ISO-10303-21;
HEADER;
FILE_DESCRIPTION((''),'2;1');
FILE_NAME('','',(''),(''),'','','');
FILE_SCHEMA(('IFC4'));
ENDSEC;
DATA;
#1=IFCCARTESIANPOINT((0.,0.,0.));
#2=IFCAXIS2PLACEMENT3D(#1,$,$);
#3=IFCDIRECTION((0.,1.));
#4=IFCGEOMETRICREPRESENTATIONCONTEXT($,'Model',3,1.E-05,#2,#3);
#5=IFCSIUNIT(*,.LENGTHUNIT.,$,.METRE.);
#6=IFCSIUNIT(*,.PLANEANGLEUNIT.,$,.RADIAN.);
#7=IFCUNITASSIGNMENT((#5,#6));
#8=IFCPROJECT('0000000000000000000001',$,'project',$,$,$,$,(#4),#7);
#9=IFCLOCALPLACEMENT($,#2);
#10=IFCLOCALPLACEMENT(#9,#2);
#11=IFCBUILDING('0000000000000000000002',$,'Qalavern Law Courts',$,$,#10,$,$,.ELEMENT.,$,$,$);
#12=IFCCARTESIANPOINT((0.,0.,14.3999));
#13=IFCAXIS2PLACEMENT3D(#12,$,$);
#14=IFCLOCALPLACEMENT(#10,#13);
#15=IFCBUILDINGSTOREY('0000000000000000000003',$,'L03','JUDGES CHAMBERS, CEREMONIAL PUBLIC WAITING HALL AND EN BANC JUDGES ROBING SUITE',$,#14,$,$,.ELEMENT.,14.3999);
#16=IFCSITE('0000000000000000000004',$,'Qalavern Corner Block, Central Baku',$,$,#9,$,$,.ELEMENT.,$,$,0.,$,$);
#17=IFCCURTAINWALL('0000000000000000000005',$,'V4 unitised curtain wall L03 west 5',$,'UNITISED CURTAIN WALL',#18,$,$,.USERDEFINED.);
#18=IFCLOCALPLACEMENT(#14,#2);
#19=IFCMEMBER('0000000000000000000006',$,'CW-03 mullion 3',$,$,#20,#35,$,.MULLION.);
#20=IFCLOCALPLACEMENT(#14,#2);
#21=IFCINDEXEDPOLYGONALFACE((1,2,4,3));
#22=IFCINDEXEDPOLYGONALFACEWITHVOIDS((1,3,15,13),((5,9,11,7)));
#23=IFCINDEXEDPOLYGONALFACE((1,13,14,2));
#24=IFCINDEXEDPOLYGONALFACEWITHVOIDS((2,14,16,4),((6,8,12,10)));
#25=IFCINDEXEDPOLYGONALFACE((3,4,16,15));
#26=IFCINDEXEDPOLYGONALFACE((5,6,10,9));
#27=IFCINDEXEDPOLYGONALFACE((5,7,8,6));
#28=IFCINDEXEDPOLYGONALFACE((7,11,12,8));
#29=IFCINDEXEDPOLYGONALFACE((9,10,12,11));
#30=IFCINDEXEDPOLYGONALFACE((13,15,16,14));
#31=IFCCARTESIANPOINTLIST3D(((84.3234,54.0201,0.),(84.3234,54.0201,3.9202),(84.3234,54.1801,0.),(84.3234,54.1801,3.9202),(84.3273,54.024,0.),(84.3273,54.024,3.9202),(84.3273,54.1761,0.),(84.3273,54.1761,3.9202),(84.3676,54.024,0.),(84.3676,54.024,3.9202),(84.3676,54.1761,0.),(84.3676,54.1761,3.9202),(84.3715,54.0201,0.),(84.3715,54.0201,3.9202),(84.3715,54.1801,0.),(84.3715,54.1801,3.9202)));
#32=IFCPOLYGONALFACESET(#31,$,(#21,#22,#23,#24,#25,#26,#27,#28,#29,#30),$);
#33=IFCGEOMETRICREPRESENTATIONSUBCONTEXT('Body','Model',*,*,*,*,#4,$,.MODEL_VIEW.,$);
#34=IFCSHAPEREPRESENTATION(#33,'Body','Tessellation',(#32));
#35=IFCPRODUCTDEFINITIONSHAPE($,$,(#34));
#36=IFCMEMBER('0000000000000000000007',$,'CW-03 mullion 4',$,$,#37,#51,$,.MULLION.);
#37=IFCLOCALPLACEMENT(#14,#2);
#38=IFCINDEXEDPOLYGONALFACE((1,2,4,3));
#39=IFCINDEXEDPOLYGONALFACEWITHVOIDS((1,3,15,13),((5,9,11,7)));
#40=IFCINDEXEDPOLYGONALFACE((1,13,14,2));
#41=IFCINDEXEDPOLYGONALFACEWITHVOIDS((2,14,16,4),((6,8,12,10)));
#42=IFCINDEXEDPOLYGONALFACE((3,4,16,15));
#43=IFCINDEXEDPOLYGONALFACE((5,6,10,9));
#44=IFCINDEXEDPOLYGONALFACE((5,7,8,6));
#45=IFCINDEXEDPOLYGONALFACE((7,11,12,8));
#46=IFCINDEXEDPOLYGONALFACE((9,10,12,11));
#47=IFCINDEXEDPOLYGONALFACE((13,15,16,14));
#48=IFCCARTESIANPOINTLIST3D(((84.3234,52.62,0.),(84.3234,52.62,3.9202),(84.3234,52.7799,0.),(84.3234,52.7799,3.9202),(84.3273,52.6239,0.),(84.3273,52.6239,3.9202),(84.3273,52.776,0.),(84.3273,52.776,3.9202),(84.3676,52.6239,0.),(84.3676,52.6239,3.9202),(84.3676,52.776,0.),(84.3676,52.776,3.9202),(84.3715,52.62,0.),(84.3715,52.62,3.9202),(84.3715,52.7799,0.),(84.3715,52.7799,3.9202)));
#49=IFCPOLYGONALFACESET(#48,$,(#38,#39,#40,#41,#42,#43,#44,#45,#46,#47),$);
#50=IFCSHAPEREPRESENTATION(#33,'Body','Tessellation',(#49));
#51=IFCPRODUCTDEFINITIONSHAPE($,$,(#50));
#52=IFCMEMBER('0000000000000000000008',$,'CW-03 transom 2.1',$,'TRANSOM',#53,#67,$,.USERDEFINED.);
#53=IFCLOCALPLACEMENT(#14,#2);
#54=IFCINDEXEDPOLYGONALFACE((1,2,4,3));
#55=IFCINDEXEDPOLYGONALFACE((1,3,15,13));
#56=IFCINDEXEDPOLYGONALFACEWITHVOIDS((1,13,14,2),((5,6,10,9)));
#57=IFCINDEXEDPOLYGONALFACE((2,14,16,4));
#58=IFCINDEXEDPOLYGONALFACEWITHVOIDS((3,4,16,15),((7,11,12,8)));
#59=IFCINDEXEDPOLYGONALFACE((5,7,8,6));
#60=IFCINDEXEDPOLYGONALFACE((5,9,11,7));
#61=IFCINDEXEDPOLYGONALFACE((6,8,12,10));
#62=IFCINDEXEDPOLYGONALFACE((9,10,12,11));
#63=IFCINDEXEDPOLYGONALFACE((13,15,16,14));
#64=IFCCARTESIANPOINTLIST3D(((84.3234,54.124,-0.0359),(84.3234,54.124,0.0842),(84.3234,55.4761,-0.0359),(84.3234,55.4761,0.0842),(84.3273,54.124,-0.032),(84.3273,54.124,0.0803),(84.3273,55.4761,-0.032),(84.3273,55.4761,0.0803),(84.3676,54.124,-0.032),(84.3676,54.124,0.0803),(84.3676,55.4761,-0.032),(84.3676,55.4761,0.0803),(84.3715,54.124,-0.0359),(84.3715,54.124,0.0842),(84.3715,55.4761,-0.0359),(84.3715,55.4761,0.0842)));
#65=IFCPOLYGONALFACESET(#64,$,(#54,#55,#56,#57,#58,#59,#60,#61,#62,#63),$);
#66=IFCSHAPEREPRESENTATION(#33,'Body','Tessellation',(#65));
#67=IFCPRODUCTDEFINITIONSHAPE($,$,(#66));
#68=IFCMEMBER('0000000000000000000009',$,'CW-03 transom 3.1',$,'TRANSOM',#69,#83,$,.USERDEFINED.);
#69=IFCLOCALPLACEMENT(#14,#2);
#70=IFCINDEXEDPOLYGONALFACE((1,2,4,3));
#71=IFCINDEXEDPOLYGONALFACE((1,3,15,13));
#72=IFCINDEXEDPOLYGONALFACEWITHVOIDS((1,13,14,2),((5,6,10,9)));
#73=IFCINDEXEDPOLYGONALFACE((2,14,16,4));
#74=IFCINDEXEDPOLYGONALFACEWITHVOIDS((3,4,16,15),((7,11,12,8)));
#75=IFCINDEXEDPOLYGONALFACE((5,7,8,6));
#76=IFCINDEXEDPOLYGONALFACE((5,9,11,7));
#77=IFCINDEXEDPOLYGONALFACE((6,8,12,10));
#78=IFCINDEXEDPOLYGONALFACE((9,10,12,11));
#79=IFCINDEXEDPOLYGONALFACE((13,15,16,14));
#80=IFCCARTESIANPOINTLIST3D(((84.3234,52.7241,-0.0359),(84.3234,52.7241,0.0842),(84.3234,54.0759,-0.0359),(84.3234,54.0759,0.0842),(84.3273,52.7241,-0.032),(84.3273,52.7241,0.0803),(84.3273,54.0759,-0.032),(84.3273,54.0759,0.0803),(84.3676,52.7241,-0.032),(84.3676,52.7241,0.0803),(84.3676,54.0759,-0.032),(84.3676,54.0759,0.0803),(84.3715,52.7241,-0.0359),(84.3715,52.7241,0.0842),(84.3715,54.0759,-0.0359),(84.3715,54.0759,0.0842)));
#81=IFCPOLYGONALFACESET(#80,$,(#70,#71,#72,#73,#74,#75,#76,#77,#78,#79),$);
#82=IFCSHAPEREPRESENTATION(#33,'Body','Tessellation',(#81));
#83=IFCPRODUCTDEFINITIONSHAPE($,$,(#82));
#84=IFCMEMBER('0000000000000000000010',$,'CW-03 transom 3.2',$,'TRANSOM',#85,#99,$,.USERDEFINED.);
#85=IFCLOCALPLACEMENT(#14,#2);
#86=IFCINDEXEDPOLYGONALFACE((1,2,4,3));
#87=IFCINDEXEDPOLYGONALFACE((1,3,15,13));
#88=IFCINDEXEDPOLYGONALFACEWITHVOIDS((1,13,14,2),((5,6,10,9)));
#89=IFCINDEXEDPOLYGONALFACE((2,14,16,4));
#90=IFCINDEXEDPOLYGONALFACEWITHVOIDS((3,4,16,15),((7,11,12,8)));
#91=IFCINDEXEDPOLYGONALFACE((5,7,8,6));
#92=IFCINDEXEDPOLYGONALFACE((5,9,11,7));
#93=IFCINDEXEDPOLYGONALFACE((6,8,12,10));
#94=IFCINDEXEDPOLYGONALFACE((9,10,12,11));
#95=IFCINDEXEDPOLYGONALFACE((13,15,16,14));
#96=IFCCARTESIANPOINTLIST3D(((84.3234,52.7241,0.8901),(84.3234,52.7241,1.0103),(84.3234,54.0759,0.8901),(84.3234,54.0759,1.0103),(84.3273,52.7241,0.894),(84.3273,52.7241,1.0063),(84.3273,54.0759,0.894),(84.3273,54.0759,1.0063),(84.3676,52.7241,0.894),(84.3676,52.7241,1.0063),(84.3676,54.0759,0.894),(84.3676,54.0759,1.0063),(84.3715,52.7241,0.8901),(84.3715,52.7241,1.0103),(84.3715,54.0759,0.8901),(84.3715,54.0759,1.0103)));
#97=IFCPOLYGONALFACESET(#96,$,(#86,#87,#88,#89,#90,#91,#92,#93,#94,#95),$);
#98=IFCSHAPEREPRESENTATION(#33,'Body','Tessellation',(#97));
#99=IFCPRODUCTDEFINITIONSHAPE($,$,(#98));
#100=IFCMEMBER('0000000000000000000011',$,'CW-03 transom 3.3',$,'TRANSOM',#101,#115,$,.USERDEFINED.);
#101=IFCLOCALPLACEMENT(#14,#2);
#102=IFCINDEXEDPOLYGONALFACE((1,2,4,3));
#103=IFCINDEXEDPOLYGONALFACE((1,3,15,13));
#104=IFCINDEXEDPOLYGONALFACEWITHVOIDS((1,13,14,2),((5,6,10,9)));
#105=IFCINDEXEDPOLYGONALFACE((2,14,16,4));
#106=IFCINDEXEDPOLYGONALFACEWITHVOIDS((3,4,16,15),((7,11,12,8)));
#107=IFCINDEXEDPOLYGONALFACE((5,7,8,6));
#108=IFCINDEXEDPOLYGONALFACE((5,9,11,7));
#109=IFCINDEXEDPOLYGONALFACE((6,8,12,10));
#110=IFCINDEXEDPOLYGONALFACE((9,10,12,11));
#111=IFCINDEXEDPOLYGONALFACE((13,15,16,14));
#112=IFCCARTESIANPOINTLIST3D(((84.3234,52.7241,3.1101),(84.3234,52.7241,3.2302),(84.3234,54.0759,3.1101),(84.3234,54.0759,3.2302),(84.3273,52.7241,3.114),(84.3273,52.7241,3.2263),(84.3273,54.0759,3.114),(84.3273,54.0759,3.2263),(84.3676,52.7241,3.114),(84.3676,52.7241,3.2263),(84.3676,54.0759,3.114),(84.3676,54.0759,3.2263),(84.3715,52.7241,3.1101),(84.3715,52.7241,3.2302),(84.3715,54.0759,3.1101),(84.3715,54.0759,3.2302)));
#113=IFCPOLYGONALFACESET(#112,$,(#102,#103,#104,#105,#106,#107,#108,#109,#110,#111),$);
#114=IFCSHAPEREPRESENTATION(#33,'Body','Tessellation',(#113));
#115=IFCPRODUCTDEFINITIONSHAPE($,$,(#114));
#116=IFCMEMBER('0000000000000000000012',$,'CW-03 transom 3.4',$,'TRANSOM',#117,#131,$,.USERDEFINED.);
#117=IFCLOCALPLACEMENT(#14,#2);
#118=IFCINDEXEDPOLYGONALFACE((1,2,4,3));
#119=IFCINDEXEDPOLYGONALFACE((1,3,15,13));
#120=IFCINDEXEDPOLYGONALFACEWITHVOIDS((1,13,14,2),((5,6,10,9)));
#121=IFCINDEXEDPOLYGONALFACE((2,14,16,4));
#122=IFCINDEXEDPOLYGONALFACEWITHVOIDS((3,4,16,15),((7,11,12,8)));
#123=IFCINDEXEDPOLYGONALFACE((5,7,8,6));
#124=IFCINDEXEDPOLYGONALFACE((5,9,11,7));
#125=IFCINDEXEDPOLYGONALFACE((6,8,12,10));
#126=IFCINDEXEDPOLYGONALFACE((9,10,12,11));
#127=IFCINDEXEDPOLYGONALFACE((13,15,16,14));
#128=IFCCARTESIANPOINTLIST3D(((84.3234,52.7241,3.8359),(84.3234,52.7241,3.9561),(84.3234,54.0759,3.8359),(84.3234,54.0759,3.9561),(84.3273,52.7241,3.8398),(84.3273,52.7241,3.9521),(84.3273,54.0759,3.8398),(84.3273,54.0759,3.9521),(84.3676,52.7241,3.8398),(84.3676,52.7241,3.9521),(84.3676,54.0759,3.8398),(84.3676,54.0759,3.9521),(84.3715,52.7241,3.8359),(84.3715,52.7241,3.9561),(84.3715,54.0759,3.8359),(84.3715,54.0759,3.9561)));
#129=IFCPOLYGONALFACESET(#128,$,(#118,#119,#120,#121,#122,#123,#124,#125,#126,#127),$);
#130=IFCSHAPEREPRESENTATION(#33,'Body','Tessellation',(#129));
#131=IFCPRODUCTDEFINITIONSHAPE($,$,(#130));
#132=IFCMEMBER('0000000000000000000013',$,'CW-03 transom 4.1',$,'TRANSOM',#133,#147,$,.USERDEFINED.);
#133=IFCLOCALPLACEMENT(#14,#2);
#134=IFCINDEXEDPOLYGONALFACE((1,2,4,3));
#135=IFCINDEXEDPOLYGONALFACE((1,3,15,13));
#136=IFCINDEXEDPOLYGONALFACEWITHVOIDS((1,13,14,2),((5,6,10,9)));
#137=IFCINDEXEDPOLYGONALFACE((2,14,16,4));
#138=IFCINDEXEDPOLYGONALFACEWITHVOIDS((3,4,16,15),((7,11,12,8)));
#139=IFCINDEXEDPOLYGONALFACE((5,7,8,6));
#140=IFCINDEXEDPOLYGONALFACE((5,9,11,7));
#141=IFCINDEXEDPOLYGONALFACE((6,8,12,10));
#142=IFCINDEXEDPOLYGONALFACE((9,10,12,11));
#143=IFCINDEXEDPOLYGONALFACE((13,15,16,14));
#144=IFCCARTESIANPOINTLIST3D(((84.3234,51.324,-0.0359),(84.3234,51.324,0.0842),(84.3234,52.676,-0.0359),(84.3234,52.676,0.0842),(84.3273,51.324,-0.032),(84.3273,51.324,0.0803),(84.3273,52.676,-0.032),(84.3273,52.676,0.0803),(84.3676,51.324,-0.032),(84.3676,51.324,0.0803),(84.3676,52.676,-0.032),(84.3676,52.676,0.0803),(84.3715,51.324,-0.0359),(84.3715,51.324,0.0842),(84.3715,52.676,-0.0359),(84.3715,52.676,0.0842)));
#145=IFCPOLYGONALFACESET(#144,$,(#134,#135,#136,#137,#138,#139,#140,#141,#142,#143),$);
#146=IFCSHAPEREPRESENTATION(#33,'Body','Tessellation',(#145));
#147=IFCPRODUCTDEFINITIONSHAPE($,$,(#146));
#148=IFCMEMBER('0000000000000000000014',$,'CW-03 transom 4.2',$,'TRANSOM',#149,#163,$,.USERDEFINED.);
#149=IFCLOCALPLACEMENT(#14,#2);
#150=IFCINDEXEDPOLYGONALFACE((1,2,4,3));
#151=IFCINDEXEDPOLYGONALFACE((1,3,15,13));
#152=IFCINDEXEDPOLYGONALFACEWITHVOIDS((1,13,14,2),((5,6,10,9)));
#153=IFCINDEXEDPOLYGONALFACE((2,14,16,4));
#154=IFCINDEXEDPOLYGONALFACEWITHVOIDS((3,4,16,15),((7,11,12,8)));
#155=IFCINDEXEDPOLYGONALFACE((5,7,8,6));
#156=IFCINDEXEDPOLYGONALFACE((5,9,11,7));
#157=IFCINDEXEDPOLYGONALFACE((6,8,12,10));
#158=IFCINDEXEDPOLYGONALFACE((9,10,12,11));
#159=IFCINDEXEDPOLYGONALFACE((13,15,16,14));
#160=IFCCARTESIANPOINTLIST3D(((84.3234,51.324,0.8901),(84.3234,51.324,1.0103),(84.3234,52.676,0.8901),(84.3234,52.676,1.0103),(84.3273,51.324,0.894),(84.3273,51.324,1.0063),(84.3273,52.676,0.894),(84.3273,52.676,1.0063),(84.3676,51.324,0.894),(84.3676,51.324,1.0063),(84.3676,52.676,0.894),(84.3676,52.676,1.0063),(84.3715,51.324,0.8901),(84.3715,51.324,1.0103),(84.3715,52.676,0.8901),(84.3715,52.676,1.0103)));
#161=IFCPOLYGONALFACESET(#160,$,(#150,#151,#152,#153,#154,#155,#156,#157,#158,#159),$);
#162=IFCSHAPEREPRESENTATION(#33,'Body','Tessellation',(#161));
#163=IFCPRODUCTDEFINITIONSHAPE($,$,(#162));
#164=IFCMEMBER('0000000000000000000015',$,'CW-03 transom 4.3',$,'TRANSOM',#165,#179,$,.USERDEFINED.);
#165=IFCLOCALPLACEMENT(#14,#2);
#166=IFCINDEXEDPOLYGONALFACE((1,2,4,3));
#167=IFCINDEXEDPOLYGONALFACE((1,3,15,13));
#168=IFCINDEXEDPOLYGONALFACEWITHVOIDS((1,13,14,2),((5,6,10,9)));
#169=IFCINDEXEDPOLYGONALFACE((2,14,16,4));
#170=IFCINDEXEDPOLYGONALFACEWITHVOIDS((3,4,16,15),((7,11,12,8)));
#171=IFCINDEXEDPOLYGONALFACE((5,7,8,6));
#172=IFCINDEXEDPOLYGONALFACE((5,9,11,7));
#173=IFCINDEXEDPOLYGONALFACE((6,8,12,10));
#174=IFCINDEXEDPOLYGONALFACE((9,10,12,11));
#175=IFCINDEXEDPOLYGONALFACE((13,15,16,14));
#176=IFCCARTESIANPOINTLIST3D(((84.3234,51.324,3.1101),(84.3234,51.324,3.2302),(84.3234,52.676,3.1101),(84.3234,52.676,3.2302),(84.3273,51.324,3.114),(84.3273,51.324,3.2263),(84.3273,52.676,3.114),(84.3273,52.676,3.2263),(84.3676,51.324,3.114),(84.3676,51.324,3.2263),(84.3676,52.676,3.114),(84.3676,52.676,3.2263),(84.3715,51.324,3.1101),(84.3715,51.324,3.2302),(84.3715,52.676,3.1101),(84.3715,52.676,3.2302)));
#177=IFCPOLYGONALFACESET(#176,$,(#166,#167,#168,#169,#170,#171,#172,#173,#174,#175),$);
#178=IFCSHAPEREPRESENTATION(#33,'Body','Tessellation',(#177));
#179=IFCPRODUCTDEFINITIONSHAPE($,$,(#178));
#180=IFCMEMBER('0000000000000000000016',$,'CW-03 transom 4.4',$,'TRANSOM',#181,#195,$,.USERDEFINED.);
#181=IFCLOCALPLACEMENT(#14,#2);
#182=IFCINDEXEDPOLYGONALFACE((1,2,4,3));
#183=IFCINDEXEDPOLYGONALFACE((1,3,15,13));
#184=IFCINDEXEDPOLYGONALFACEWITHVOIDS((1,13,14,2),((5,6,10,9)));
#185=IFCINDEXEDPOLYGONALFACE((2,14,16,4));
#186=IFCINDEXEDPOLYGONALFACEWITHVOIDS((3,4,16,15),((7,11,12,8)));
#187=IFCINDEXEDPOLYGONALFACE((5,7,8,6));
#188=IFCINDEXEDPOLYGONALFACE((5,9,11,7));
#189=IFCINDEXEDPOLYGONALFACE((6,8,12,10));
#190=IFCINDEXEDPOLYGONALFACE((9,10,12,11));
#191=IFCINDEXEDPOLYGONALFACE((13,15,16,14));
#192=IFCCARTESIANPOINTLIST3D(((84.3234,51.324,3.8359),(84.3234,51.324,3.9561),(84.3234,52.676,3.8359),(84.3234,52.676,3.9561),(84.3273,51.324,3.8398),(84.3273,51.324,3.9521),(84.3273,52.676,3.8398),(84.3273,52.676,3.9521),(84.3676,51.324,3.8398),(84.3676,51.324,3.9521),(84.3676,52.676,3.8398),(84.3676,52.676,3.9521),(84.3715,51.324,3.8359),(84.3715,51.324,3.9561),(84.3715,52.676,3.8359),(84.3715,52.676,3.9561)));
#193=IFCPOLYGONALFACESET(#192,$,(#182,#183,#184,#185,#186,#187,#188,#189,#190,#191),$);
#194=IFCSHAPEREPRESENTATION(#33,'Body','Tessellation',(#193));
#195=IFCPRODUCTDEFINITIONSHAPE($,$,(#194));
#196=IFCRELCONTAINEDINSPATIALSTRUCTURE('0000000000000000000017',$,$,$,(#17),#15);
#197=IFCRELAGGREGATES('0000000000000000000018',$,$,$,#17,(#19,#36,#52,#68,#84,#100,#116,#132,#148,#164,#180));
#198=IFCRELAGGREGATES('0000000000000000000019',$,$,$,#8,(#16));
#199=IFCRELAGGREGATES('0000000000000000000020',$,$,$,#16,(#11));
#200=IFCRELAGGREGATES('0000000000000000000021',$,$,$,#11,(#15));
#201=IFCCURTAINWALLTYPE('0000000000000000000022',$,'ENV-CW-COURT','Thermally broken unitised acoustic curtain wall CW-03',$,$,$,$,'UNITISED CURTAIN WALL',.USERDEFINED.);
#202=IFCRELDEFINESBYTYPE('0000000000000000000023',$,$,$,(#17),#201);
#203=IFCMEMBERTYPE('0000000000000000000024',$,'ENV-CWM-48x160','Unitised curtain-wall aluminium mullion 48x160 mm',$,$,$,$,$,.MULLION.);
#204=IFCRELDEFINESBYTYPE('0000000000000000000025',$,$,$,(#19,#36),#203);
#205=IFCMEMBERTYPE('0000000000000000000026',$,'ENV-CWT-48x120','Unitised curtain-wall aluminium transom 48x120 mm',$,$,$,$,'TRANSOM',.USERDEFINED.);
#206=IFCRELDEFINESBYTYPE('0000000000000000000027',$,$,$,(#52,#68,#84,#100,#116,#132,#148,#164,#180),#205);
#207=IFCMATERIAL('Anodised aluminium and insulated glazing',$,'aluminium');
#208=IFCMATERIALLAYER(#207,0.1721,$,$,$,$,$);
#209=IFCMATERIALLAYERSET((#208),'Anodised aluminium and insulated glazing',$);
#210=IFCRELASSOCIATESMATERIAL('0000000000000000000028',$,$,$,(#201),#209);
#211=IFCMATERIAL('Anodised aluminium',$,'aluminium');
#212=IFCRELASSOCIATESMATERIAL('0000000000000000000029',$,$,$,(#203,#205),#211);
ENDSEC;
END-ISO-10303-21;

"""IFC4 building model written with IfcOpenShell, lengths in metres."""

from ifc_helpers import new_model, si_unit, direction, frame, origin, origin_2d, place, context, subcontext, project, spatial, hollow_rectangle, extrude, material, layer, layer_set, material_profile, profile_set, type_object, element, aggregate, save


model = new_model("IFC4")

# Units and contexts
model_context = context("Model", 3, precision=1e-05, world=origin(), true_north=direction((0.0, 1.0)))
body_context = subcontext(model_context, "Body", "Model", "MODEL_VIEW")
ifc_project = project(units=[si_unit("LENGTHUNIT", "METRE"), si_unit("PLANEANGLEUNIT", "RADIAN")], contexts=[model_context])

# Site, building, storey
site_placement = place(None, origin())
site = spatial("IfcSite", under=ifc_project, at=site_placement, Name="Qalavern Corner Block, Central Baku", CompositionType="ELEMENT", RefElevation=0.0)
building_placement = place(site_placement, origin())
building = spatial("IfcBuilding", under=site, at=building_placement, Name="Qalavern Law Courts", CompositionType="ELEMENT")
storey_placement = place(building_placement, frame((0.0, 0.0, 14.3999)))
storey = spatial("IfcBuildingStorey", under=building, at=storey_placement, Name="L03", Description="JUDGES CHAMBERS, CEREMONIAL PUBLIC WAITING HALL AND EN BANC JUDGES ROBING SUITE", CompositionType="ELEMENT", Elevation=14.3999)

# Curtain wall, members
ifc_material_1 = material(Name="Anodised aluminium and insulated glazing", Category="aluminium")
ifc_layer_1 = layer(ifc_material_1, 0.1721)
ifc_layer_set_1 = layer_set([ifc_layer_1], Name="Anodised aluminium and insulated glazing")
curtain_wall_type = type_object("IfcCurtainWallType", Name="ENV-CW-COURT", Description="Thermally broken unitised acoustic curtain wall CW-03", ElementType="UNITISED CURTAIN WALL", PredefinedType="USERDEFINED", material=ifc_layer_set_1)
curtain_wall_placement = place(storey_placement, origin())
curtain_wall = element("IfcCurtainWall", 1, at=curtain_wall_placement, inside=storey, type_object=curtain_wall_type, Name="V4 unitised curtain wall L03 west 5", ObjectType="UNITISED CURTAIN WALL", PredefinedType="USERDEFINED")
ifc_material_2 = material(Name="Anodised aluminium", Category="aluminium")
ifc_material_profile_1 = material_profile(ifc_material_2, hollow_rectangle(XDim=0.0481, YDim=0.1599, WallThickness=0.0039, at=origin_2d()), Name="ALU MULLION 48x160")
ifc_profile_set_1 = profile_set([ifc_material_profile_1], Name="Anodised aluminium")
member_type_1 = type_object("IfcMemberType", Name="ENV-CWM-48x160", Description="Unitised curtain-wall aluminium mullion 48x160 mm", PredefinedType="MULLION", material=ifc_profile_set_1)
member_1_placement = place(storey_placement, frame((84.3474, 54.1001, 0.0), z_axis=(0.0, 0.0, 1.0), x_axis=(1.0, 0.0, 0.0)))
member_1 = element("IfcMember", 2, at=member_1_placement, type_object=member_type_1, Name="CW-03 mullion 3", PredefinedType="MULLION", context=body_context, shape_type="SweptSolid", body=[
    extrude(hollow_rectangle(XDim=0.0481, YDim=0.1599, WallThickness=0.0039, at=origin_2d()), origin(), (0.0, 0.0, 1.0), 3.9202),
])
member_2_placement = place(storey_placement, frame((84.3474, 52.7, 0.0), z_axis=(0.0, 0.0, 1.0), x_axis=(1.0, 0.0, 0.0)))
member_2 = element("IfcMember", 3, at=member_2_placement, type_object=member_type_1, Name="CW-03 mullion 4", PredefinedType="MULLION", context=body_context, shape_type="SweptSolid", body=[
    extrude(hollow_rectangle(XDim=0.0481, YDim=0.1599, WallThickness=0.0039, at=origin_2d()), origin(), (0.0, 0.0, 1.0), 3.9202),
])
ifc_material_profile_2 = material_profile(ifc_material_2, hollow_rectangle(XDim=0.0481, YDim=0.1201, WallThickness=0.0039, at=origin_2d()), Name="ALU TRANSOM 48x120")
ifc_profile_set_2 = profile_set([ifc_material_profile_2], Name="Anodised aluminium")
member_type_2 = type_object("IfcMemberType", Name="ENV-CWT-48x120", Description="Unitised curtain-wall aluminium transom 48x120 mm", ElementType="TRANSOM", PredefinedType="USERDEFINED", material=ifc_profile_set_2)
member_3_placement = place(storey_placement, frame((84.3474, 55.4761, 0.0242), z_axis=(0.0, -1.0, 0.0), x_axis=(1.0, 0.0, 0.0)))
member_3 = element("IfcMember", 4, at=member_3_placement, type_object=member_type_2, Name="CW-03 transom 2.1", ObjectType="TRANSOM", PredefinedType="USERDEFINED", context=body_context, shape_type="SweptSolid", body=[
    extrude(hollow_rectangle(XDim=0.0481, YDim=0.1201, WallThickness=0.0039, at=origin_2d()), origin(), (0.0, 0.0, 1.0), 1.3521),
])
member_4_placement = place(storey_placement, frame((84.3474, 54.0759, 0.0242), z_axis=(0.0, -1.0, 0.0), x_axis=(1.0, 0.0, 0.0)))
member_4 = element("IfcMember", 5, at=member_4_placement, type_object=member_type_2, Name="CW-03 transom 3.1", ObjectType="TRANSOM", PredefinedType="USERDEFINED", context=body_context, shape_type="SweptSolid", body=[
    extrude(hollow_rectangle(XDim=0.0481, YDim=0.1201, WallThickness=0.0039, at=origin_2d()), origin(), (0.0, 0.0, 1.0), 1.3518),
])
member_5_placement = place(storey_placement, frame((84.3474, 54.0759, 0.9502), z_axis=(0.0, -1.0, 0.0), x_axis=(1.0, 0.0, 0.0)))
member_5 = element("IfcMember", 6, at=member_5_placement, type_object=member_type_2, Name="CW-03 transom 3.2", ObjectType="TRANSOM", PredefinedType="USERDEFINED", context=body_context, shape_type="SweptSolid", body=[
    extrude(hollow_rectangle(XDim=0.0481, YDim=0.1201, WallThickness=0.0039, at=origin_2d()), origin(), (0.0, 0.0, 1.0), 1.3518),
])
member_6_placement = place(storey_placement, frame((84.3474, 54.0759, 3.1702), z_axis=(0.0, -1.0, 0.0), x_axis=(1.0, 0.0, 0.0)))
member_6 = element("IfcMember", 7, at=member_6_placement, type_object=member_type_2, Name="CW-03 transom 3.3", ObjectType="TRANSOM", PredefinedType="USERDEFINED", context=body_context, shape_type="SweptSolid", body=[
    extrude(hollow_rectangle(XDim=0.0481, YDim=0.1201, WallThickness=0.0039, at=origin_2d()), origin(), (0.0, 0.0, 1.0), 1.3518),
])
member_7_placement = place(storey_placement, frame((84.3474, 54.0759, 3.896), z_axis=(0.0, -1.0, 0.0), x_axis=(1.0, 0.0, 0.0)))
member_7 = element("IfcMember", 8, at=member_7_placement, type_object=member_type_2, Name="CW-03 transom 3.4", ObjectType="TRANSOM", PredefinedType="USERDEFINED", context=body_context, shape_type="SweptSolid", body=[
    extrude(hollow_rectangle(XDim=0.0481, YDim=0.1201, WallThickness=0.0039, at=origin_2d()), origin(), (0.0, 0.0, 1.0), 1.3518),
])
member_8_placement = place(storey_placement, frame((84.3474, 52.676, 0.0242), z_axis=(0.0, -1.0, 0.0), x_axis=(1.0, 0.0, 0.0)))
member_8 = element("IfcMember", 9, at=member_8_placement, type_object=member_type_2, Name="CW-03 transom 4.1", ObjectType="TRANSOM", PredefinedType="USERDEFINED", context=body_context, shape_type="SweptSolid", body=[
    extrude(hollow_rectangle(XDim=0.0481, YDim=0.1201, WallThickness=0.0039, at=origin_2d()), origin(), (0.0, 0.0, 1.0), 1.3521),
])
member_9_placement = place(storey_placement, frame((84.3474, 52.676, 0.9502), z_axis=(0.0, -1.0, 0.0), x_axis=(1.0, 0.0, 0.0)))
member_9 = element("IfcMember", 10, at=member_9_placement, type_object=member_type_2, Name="CW-03 transom 4.2", ObjectType="TRANSOM", PredefinedType="USERDEFINED", context=body_context, shape_type="SweptSolid", body=[
    extrude(hollow_rectangle(XDim=0.0481, YDim=0.1201, WallThickness=0.0039, at=origin_2d()), origin(), (0.0, 0.0, 1.0), 1.3521),
])
member_10_placement = place(storey_placement, frame((84.3474, 52.676, 3.1702), z_axis=(0.0, -1.0, 0.0), x_axis=(1.0, 0.0, 0.0)))
member_10 = element("IfcMember", 11, at=member_10_placement, type_object=member_type_2, Name="CW-03 transom 4.3", ObjectType="TRANSOM", PredefinedType="USERDEFINED", context=body_context, shape_type="SweptSolid", body=[
    extrude(hollow_rectangle(XDim=0.0481, YDim=0.1201, WallThickness=0.0039, at=origin_2d()), origin(), (0.0, 0.0, 1.0), 1.3521),
])
member_11_placement = place(storey_placement, frame((84.3474, 52.676, 3.896), z_axis=(0.0, -1.0, 0.0), x_axis=(1.0, 0.0, 0.0)))
member_11 = element("IfcMember", 12, at=member_11_placement, type_object=member_type_2, Name="CW-03 transom 4.4", ObjectType="TRANSOM", PredefinedType="USERDEFINED", context=body_context, shape_type="SweptSolid", body=[
    extrude(hollow_rectangle(XDim=0.0481, YDim=0.1201, WallThickness=0.0039, at=origin_2d()), origin(), (0.0, 0.0, 1.0), 1.3521),
])
aggregate(curtain_wall, [member_1, member_2, member_3, member_4, member_5, member_6, member_7, member_8, member_9, member_10, member_11])

save(model, "model.ifc")
